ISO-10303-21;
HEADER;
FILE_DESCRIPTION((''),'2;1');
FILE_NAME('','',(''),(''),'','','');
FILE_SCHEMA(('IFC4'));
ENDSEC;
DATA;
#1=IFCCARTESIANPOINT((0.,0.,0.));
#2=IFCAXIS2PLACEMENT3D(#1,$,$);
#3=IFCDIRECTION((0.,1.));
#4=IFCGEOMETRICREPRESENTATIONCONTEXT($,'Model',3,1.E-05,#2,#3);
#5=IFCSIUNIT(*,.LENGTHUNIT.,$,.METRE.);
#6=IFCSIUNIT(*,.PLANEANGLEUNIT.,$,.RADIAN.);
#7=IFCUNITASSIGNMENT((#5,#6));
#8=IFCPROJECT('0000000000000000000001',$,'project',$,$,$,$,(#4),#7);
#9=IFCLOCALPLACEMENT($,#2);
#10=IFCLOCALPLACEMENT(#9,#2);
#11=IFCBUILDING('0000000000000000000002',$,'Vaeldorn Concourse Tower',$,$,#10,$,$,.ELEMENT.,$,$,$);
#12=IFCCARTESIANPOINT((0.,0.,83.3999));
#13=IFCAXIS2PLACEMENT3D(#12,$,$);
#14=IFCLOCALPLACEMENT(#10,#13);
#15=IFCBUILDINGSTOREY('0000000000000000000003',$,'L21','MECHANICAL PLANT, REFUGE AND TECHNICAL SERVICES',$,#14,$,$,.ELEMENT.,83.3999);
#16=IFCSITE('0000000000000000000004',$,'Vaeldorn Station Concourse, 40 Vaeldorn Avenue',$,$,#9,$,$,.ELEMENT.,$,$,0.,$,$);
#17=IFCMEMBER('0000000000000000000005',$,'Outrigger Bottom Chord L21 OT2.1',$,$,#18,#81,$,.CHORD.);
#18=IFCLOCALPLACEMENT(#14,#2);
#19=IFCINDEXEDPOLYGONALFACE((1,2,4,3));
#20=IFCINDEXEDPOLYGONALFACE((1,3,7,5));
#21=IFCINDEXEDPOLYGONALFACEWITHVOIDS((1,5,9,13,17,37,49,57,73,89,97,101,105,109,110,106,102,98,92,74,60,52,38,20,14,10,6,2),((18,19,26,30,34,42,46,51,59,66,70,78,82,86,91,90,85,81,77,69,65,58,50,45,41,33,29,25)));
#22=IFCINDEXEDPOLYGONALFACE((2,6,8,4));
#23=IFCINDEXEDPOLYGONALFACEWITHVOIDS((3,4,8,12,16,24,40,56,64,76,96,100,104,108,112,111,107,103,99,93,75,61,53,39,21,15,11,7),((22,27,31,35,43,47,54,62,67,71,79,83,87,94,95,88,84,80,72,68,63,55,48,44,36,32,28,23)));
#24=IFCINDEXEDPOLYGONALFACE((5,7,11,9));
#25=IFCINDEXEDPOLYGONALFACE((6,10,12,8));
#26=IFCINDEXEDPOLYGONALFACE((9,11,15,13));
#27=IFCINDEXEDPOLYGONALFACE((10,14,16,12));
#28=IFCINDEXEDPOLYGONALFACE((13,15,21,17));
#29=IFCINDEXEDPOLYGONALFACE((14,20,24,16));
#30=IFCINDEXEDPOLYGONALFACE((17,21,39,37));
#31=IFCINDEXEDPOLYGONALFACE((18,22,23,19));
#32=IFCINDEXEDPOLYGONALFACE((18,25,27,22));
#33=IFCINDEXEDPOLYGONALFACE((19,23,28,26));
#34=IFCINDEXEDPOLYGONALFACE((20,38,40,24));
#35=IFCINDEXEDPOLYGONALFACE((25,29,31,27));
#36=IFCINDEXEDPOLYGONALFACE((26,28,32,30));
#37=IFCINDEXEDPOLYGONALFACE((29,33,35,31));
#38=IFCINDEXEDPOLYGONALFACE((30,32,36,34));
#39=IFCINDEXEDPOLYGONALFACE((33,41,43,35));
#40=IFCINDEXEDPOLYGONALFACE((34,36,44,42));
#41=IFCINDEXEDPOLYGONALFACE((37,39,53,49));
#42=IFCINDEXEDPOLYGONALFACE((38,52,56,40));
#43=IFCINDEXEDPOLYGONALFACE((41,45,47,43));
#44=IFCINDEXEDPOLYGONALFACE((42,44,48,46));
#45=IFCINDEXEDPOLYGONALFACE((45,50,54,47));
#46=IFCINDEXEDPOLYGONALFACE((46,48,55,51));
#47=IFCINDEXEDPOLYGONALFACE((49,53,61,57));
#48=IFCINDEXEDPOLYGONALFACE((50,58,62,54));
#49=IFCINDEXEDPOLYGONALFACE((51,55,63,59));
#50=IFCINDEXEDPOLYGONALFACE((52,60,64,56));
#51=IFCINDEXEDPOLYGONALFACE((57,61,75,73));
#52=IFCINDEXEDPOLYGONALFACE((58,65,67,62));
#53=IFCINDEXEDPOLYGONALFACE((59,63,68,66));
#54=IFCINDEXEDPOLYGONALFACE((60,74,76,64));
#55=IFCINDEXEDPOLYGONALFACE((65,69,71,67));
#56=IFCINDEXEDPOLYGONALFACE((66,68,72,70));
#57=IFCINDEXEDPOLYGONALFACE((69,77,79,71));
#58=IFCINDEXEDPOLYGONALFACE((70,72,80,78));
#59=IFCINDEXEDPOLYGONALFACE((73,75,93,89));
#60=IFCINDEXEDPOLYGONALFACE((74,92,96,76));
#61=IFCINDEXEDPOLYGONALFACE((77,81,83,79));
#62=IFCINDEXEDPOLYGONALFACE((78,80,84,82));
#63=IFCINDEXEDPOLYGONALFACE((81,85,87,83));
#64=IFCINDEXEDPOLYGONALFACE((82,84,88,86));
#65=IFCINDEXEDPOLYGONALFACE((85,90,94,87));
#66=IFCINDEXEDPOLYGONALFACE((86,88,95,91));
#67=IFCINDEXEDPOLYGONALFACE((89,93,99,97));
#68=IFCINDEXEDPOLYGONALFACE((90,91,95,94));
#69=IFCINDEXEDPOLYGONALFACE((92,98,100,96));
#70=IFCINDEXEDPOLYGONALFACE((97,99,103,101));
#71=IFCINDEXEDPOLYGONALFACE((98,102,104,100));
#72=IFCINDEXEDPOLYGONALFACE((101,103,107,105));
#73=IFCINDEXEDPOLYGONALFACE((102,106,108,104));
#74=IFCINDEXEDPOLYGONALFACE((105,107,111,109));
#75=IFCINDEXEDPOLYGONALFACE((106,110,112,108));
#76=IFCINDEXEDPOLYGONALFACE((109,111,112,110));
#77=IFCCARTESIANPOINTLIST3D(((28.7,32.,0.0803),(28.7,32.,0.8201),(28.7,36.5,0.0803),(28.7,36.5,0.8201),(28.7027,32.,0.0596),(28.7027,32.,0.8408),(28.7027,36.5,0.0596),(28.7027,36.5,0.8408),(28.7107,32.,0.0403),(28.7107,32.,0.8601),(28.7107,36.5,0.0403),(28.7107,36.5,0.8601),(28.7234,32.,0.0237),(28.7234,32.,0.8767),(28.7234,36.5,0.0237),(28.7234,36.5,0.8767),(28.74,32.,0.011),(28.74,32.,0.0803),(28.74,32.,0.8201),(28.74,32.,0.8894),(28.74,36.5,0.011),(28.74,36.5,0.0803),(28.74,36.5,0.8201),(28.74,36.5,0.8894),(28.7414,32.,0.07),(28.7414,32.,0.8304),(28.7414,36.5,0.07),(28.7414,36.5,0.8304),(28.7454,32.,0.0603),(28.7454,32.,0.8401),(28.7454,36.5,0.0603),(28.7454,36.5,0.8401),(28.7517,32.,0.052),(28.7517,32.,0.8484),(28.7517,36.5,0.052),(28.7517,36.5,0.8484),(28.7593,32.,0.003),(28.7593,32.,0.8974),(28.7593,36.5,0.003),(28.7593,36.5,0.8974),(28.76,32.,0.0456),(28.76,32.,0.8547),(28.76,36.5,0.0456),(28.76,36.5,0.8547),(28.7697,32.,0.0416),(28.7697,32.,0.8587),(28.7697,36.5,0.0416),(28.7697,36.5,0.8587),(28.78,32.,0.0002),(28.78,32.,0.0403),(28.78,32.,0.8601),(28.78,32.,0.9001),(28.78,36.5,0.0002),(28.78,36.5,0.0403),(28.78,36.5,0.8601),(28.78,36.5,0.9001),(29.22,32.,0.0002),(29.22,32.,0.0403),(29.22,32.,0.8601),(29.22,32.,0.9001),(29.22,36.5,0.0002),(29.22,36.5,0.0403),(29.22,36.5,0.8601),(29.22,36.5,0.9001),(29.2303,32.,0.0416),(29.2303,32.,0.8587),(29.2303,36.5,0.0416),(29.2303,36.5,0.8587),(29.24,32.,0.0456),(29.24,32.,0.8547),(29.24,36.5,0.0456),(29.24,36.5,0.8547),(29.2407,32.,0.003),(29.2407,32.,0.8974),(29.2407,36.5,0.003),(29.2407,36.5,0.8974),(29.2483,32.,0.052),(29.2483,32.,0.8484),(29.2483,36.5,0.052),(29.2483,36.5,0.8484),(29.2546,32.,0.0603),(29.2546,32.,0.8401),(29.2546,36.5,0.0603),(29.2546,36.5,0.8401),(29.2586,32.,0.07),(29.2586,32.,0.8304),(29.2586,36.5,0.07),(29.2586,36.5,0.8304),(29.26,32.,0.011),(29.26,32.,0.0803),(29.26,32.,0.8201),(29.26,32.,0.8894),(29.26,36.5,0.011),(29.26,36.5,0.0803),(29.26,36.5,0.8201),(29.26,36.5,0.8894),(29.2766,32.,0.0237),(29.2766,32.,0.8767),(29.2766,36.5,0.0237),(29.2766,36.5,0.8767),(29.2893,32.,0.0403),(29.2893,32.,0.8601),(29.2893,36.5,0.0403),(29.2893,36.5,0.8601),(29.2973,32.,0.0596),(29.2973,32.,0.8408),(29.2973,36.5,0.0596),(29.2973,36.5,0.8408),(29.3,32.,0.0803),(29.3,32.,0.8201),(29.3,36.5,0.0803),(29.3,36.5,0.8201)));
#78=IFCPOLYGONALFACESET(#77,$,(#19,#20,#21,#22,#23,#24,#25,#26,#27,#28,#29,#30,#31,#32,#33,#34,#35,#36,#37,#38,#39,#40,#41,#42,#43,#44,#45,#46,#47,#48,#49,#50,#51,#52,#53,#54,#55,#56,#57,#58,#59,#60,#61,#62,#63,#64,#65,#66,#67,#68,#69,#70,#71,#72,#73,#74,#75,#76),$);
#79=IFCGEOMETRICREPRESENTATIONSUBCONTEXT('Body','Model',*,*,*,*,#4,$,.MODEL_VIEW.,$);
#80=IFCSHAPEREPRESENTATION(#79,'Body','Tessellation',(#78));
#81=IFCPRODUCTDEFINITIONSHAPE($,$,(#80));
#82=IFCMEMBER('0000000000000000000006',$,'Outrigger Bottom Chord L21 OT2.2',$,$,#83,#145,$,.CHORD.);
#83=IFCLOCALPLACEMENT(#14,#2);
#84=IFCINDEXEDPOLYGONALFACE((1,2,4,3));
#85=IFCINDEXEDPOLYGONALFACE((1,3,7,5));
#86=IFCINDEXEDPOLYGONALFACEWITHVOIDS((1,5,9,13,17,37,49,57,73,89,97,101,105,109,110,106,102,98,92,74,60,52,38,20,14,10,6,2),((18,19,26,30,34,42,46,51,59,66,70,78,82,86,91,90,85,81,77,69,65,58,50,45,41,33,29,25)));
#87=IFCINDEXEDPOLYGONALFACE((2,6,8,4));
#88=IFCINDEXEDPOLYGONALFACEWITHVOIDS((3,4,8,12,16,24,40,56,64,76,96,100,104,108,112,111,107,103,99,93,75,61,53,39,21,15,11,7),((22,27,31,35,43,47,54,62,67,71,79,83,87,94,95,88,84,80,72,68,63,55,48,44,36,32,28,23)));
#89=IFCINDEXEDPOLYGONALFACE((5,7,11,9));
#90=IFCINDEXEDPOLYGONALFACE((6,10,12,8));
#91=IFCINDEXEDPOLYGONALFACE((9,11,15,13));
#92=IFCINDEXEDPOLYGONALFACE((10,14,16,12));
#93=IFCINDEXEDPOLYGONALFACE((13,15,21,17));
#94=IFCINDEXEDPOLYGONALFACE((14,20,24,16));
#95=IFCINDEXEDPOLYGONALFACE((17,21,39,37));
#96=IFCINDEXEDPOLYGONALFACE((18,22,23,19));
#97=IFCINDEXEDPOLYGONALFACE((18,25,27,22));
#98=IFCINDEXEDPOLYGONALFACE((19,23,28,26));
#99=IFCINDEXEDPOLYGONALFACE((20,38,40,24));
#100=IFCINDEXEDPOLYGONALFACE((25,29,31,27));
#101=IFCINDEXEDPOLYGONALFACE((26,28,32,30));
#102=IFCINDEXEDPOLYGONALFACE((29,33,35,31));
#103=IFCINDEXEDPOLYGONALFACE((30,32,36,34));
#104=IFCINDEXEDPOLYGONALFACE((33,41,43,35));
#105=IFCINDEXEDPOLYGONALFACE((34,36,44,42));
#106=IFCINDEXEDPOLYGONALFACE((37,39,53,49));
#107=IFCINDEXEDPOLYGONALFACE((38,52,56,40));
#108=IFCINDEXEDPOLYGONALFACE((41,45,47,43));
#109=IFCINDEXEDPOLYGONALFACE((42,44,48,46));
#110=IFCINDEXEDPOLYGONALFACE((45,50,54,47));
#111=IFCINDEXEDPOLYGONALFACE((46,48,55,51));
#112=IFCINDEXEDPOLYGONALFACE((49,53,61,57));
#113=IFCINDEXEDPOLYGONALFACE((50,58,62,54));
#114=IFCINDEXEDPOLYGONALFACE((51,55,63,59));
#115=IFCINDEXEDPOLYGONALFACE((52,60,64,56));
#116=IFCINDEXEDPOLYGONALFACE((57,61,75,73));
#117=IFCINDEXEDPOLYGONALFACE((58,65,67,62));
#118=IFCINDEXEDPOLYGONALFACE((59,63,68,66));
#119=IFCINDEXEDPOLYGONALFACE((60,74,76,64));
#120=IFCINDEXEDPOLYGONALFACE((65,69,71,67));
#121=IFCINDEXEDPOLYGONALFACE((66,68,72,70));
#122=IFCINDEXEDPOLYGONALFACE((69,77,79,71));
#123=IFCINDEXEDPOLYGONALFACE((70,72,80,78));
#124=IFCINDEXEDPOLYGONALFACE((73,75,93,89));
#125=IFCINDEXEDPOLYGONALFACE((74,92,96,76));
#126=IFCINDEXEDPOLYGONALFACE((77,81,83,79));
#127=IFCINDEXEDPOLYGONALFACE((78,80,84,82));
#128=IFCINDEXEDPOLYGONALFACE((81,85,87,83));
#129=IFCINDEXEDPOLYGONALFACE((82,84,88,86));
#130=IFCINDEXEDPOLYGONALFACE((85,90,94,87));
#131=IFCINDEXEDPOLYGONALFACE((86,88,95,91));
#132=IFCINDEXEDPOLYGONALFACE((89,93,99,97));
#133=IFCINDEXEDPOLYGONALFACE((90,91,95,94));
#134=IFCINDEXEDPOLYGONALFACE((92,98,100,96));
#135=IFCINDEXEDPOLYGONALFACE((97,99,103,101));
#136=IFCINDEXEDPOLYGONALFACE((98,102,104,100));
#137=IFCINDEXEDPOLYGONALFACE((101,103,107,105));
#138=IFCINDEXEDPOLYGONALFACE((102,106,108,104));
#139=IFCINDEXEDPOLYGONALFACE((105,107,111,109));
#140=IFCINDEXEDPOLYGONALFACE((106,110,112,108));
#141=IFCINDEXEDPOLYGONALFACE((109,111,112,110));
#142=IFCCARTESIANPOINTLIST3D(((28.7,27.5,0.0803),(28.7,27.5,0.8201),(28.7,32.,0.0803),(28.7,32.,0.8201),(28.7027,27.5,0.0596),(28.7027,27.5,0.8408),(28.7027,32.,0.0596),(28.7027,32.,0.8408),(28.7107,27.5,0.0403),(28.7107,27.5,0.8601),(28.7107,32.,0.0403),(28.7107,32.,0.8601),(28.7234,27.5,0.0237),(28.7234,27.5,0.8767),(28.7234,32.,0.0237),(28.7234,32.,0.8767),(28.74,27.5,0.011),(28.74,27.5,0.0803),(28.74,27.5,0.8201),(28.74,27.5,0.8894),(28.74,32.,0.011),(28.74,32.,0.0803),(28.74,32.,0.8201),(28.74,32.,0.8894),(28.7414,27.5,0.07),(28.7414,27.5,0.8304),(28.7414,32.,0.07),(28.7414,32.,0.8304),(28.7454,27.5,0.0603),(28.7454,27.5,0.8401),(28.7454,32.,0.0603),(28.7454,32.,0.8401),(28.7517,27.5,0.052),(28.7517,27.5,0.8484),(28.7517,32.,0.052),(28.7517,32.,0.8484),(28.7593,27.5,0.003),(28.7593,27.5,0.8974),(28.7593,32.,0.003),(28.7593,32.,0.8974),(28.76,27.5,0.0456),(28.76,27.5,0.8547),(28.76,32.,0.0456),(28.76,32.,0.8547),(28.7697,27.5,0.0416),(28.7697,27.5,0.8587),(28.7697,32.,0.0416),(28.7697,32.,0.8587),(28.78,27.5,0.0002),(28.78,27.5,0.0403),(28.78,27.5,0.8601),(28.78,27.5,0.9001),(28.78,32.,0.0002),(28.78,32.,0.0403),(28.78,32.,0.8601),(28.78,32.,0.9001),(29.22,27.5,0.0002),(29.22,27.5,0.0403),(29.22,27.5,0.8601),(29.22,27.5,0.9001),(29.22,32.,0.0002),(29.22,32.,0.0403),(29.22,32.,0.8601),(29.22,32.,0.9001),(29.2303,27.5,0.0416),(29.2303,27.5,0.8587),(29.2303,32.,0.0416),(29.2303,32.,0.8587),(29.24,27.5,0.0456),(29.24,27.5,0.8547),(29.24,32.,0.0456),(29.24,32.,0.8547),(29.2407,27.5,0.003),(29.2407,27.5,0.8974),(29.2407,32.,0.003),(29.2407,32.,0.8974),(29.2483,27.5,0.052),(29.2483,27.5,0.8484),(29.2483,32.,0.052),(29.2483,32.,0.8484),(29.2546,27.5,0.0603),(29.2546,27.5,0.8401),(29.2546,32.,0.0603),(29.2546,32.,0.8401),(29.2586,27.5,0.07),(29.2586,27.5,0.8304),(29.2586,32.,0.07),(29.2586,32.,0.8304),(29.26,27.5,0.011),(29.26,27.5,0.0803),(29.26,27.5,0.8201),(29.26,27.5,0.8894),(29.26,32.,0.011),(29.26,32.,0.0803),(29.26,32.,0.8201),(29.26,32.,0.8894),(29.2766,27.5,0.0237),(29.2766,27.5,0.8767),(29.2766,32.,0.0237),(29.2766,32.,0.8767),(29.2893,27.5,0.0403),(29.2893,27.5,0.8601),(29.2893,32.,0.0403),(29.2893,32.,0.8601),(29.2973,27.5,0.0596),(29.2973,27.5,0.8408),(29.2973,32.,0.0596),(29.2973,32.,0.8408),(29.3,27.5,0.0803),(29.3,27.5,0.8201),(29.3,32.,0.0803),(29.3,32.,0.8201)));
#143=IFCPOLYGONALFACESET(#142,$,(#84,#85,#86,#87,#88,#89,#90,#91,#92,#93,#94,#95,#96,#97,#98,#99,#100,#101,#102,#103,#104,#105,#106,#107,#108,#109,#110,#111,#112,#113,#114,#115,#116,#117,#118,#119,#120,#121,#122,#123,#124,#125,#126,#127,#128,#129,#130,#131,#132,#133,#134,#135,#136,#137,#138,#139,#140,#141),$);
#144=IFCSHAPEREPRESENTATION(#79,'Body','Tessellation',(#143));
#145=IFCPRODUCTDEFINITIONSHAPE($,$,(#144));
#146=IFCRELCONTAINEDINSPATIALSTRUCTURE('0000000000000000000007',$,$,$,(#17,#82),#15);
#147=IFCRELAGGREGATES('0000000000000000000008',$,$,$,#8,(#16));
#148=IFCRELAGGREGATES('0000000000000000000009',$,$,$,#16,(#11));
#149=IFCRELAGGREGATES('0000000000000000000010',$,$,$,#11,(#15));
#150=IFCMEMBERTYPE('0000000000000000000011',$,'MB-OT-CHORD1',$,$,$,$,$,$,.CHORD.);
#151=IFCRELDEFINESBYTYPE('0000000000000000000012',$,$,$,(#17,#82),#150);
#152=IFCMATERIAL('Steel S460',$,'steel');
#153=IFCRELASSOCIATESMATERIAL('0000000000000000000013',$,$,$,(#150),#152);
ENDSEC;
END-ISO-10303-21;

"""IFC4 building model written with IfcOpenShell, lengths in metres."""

from ifc_helpers import new_model, si_unit, direction, frame, origin, origin_2d, place, context, subcontext, project, spatial, hollow_rectangle, extrude, source, transform, mapped, material, material_profile, profile_set, type_object, element, save


model = new_model("IFC4")

# Units and contexts
model_context = context("Model", 3, precision=1e-05, world=origin(), true_north=direction((0.0, 1.0)))
body_context = subcontext(model_context, "Body", "Model", "MODEL_VIEW")
ifc_project = project(units=[si_unit("LENGTHUNIT", "METRE"), si_unit("PLANEANGLEUNIT", "RADIAN")], contexts=[model_context])

# Site, building, storey
site_placement = place(None, origin())
site = spatial("IfcSite", under=ifc_project, at=site_placement, Name="Vaeldorn Station Concourse, 40 Vaeldorn Avenue", CompositionType="ELEMENT", RefElevation=0.0)
building_placement = place(site_placement, origin())
building = spatial("IfcBuilding", under=site, at=building_placement, Name="Vaeldorn Concourse Tower", CompositionType="ELEMENT")
storey_placement = place(building_placement, frame((0.0, 0.0, 83.3999)))
storey = spatial("IfcBuildingStorey", under=building, at=storey_placement, Name="L21", Description="MECHANICAL PLANT, REFUGE AND TECHNICAL SERVICES", CompositionType="ELEMENT", Elevation=83.3999)

# Shared definitions
ifc_material_1 = material(Name="Steel S460", Category="steel")

# Members
ifc_material_profile_1 = material_profile(ifc_material_1, hollow_rectangle(XDim=0.6001, YDim=0.8999, WallThickness=0.04, InnerFilletRadius=0.04, OuterFilletRadius=0.0801, at=origin_2d()), Name="RHS 900x600x40")
ifc_profile_set_1 = profile_set([ifc_material_profile_1], Name="Steel S460")
member_type_1 = type_object("IfcMemberType", Name="MB-OT-CHORD1", PredefinedType="CHORD", material=ifc_profile_set_1)
shared_shape_1 = source(origin(), body_context, "Body", "SweptSolid", [
    extrude(hollow_rectangle(XDim=0.6001, YDim=0.8999, WallThickness=0.04, InnerFilletRadius=0.04, OuterFilletRadius=0.0801, at=origin_2d()), origin(), (0.0, 0.0, 1.0), 4.5),
])
for number, where, z_axis, x_axis, name in (
    (1, (29.0, 36.5, 0.4502), (0.0, -1.0, 0.0), (1.0, 0.0, 0.0), "Outrigger Bottom Chord L21 OT2.1"),
    (2, (29.0, 32.0, 0.4502), (0.0, -1.0, 0.0), (1.0, 0.0, 0.0), "Outrigger Bottom Chord L21 OT2.2"),
):
    element("IfcMember", number, at=place(storey_placement, frame(where, z_axis=z_axis, x_axis=x_axis)), inside=storey, type_object=member_type_1, Name=name, PredefinedType="CHORD", context=body_context, shape_type="MappedRepresentation", body=[
        mapped(shared_shape_1, transform((0.0, 0.0, 0.0), scale=1.0)),
    ])

save(model, "model.ifc")
